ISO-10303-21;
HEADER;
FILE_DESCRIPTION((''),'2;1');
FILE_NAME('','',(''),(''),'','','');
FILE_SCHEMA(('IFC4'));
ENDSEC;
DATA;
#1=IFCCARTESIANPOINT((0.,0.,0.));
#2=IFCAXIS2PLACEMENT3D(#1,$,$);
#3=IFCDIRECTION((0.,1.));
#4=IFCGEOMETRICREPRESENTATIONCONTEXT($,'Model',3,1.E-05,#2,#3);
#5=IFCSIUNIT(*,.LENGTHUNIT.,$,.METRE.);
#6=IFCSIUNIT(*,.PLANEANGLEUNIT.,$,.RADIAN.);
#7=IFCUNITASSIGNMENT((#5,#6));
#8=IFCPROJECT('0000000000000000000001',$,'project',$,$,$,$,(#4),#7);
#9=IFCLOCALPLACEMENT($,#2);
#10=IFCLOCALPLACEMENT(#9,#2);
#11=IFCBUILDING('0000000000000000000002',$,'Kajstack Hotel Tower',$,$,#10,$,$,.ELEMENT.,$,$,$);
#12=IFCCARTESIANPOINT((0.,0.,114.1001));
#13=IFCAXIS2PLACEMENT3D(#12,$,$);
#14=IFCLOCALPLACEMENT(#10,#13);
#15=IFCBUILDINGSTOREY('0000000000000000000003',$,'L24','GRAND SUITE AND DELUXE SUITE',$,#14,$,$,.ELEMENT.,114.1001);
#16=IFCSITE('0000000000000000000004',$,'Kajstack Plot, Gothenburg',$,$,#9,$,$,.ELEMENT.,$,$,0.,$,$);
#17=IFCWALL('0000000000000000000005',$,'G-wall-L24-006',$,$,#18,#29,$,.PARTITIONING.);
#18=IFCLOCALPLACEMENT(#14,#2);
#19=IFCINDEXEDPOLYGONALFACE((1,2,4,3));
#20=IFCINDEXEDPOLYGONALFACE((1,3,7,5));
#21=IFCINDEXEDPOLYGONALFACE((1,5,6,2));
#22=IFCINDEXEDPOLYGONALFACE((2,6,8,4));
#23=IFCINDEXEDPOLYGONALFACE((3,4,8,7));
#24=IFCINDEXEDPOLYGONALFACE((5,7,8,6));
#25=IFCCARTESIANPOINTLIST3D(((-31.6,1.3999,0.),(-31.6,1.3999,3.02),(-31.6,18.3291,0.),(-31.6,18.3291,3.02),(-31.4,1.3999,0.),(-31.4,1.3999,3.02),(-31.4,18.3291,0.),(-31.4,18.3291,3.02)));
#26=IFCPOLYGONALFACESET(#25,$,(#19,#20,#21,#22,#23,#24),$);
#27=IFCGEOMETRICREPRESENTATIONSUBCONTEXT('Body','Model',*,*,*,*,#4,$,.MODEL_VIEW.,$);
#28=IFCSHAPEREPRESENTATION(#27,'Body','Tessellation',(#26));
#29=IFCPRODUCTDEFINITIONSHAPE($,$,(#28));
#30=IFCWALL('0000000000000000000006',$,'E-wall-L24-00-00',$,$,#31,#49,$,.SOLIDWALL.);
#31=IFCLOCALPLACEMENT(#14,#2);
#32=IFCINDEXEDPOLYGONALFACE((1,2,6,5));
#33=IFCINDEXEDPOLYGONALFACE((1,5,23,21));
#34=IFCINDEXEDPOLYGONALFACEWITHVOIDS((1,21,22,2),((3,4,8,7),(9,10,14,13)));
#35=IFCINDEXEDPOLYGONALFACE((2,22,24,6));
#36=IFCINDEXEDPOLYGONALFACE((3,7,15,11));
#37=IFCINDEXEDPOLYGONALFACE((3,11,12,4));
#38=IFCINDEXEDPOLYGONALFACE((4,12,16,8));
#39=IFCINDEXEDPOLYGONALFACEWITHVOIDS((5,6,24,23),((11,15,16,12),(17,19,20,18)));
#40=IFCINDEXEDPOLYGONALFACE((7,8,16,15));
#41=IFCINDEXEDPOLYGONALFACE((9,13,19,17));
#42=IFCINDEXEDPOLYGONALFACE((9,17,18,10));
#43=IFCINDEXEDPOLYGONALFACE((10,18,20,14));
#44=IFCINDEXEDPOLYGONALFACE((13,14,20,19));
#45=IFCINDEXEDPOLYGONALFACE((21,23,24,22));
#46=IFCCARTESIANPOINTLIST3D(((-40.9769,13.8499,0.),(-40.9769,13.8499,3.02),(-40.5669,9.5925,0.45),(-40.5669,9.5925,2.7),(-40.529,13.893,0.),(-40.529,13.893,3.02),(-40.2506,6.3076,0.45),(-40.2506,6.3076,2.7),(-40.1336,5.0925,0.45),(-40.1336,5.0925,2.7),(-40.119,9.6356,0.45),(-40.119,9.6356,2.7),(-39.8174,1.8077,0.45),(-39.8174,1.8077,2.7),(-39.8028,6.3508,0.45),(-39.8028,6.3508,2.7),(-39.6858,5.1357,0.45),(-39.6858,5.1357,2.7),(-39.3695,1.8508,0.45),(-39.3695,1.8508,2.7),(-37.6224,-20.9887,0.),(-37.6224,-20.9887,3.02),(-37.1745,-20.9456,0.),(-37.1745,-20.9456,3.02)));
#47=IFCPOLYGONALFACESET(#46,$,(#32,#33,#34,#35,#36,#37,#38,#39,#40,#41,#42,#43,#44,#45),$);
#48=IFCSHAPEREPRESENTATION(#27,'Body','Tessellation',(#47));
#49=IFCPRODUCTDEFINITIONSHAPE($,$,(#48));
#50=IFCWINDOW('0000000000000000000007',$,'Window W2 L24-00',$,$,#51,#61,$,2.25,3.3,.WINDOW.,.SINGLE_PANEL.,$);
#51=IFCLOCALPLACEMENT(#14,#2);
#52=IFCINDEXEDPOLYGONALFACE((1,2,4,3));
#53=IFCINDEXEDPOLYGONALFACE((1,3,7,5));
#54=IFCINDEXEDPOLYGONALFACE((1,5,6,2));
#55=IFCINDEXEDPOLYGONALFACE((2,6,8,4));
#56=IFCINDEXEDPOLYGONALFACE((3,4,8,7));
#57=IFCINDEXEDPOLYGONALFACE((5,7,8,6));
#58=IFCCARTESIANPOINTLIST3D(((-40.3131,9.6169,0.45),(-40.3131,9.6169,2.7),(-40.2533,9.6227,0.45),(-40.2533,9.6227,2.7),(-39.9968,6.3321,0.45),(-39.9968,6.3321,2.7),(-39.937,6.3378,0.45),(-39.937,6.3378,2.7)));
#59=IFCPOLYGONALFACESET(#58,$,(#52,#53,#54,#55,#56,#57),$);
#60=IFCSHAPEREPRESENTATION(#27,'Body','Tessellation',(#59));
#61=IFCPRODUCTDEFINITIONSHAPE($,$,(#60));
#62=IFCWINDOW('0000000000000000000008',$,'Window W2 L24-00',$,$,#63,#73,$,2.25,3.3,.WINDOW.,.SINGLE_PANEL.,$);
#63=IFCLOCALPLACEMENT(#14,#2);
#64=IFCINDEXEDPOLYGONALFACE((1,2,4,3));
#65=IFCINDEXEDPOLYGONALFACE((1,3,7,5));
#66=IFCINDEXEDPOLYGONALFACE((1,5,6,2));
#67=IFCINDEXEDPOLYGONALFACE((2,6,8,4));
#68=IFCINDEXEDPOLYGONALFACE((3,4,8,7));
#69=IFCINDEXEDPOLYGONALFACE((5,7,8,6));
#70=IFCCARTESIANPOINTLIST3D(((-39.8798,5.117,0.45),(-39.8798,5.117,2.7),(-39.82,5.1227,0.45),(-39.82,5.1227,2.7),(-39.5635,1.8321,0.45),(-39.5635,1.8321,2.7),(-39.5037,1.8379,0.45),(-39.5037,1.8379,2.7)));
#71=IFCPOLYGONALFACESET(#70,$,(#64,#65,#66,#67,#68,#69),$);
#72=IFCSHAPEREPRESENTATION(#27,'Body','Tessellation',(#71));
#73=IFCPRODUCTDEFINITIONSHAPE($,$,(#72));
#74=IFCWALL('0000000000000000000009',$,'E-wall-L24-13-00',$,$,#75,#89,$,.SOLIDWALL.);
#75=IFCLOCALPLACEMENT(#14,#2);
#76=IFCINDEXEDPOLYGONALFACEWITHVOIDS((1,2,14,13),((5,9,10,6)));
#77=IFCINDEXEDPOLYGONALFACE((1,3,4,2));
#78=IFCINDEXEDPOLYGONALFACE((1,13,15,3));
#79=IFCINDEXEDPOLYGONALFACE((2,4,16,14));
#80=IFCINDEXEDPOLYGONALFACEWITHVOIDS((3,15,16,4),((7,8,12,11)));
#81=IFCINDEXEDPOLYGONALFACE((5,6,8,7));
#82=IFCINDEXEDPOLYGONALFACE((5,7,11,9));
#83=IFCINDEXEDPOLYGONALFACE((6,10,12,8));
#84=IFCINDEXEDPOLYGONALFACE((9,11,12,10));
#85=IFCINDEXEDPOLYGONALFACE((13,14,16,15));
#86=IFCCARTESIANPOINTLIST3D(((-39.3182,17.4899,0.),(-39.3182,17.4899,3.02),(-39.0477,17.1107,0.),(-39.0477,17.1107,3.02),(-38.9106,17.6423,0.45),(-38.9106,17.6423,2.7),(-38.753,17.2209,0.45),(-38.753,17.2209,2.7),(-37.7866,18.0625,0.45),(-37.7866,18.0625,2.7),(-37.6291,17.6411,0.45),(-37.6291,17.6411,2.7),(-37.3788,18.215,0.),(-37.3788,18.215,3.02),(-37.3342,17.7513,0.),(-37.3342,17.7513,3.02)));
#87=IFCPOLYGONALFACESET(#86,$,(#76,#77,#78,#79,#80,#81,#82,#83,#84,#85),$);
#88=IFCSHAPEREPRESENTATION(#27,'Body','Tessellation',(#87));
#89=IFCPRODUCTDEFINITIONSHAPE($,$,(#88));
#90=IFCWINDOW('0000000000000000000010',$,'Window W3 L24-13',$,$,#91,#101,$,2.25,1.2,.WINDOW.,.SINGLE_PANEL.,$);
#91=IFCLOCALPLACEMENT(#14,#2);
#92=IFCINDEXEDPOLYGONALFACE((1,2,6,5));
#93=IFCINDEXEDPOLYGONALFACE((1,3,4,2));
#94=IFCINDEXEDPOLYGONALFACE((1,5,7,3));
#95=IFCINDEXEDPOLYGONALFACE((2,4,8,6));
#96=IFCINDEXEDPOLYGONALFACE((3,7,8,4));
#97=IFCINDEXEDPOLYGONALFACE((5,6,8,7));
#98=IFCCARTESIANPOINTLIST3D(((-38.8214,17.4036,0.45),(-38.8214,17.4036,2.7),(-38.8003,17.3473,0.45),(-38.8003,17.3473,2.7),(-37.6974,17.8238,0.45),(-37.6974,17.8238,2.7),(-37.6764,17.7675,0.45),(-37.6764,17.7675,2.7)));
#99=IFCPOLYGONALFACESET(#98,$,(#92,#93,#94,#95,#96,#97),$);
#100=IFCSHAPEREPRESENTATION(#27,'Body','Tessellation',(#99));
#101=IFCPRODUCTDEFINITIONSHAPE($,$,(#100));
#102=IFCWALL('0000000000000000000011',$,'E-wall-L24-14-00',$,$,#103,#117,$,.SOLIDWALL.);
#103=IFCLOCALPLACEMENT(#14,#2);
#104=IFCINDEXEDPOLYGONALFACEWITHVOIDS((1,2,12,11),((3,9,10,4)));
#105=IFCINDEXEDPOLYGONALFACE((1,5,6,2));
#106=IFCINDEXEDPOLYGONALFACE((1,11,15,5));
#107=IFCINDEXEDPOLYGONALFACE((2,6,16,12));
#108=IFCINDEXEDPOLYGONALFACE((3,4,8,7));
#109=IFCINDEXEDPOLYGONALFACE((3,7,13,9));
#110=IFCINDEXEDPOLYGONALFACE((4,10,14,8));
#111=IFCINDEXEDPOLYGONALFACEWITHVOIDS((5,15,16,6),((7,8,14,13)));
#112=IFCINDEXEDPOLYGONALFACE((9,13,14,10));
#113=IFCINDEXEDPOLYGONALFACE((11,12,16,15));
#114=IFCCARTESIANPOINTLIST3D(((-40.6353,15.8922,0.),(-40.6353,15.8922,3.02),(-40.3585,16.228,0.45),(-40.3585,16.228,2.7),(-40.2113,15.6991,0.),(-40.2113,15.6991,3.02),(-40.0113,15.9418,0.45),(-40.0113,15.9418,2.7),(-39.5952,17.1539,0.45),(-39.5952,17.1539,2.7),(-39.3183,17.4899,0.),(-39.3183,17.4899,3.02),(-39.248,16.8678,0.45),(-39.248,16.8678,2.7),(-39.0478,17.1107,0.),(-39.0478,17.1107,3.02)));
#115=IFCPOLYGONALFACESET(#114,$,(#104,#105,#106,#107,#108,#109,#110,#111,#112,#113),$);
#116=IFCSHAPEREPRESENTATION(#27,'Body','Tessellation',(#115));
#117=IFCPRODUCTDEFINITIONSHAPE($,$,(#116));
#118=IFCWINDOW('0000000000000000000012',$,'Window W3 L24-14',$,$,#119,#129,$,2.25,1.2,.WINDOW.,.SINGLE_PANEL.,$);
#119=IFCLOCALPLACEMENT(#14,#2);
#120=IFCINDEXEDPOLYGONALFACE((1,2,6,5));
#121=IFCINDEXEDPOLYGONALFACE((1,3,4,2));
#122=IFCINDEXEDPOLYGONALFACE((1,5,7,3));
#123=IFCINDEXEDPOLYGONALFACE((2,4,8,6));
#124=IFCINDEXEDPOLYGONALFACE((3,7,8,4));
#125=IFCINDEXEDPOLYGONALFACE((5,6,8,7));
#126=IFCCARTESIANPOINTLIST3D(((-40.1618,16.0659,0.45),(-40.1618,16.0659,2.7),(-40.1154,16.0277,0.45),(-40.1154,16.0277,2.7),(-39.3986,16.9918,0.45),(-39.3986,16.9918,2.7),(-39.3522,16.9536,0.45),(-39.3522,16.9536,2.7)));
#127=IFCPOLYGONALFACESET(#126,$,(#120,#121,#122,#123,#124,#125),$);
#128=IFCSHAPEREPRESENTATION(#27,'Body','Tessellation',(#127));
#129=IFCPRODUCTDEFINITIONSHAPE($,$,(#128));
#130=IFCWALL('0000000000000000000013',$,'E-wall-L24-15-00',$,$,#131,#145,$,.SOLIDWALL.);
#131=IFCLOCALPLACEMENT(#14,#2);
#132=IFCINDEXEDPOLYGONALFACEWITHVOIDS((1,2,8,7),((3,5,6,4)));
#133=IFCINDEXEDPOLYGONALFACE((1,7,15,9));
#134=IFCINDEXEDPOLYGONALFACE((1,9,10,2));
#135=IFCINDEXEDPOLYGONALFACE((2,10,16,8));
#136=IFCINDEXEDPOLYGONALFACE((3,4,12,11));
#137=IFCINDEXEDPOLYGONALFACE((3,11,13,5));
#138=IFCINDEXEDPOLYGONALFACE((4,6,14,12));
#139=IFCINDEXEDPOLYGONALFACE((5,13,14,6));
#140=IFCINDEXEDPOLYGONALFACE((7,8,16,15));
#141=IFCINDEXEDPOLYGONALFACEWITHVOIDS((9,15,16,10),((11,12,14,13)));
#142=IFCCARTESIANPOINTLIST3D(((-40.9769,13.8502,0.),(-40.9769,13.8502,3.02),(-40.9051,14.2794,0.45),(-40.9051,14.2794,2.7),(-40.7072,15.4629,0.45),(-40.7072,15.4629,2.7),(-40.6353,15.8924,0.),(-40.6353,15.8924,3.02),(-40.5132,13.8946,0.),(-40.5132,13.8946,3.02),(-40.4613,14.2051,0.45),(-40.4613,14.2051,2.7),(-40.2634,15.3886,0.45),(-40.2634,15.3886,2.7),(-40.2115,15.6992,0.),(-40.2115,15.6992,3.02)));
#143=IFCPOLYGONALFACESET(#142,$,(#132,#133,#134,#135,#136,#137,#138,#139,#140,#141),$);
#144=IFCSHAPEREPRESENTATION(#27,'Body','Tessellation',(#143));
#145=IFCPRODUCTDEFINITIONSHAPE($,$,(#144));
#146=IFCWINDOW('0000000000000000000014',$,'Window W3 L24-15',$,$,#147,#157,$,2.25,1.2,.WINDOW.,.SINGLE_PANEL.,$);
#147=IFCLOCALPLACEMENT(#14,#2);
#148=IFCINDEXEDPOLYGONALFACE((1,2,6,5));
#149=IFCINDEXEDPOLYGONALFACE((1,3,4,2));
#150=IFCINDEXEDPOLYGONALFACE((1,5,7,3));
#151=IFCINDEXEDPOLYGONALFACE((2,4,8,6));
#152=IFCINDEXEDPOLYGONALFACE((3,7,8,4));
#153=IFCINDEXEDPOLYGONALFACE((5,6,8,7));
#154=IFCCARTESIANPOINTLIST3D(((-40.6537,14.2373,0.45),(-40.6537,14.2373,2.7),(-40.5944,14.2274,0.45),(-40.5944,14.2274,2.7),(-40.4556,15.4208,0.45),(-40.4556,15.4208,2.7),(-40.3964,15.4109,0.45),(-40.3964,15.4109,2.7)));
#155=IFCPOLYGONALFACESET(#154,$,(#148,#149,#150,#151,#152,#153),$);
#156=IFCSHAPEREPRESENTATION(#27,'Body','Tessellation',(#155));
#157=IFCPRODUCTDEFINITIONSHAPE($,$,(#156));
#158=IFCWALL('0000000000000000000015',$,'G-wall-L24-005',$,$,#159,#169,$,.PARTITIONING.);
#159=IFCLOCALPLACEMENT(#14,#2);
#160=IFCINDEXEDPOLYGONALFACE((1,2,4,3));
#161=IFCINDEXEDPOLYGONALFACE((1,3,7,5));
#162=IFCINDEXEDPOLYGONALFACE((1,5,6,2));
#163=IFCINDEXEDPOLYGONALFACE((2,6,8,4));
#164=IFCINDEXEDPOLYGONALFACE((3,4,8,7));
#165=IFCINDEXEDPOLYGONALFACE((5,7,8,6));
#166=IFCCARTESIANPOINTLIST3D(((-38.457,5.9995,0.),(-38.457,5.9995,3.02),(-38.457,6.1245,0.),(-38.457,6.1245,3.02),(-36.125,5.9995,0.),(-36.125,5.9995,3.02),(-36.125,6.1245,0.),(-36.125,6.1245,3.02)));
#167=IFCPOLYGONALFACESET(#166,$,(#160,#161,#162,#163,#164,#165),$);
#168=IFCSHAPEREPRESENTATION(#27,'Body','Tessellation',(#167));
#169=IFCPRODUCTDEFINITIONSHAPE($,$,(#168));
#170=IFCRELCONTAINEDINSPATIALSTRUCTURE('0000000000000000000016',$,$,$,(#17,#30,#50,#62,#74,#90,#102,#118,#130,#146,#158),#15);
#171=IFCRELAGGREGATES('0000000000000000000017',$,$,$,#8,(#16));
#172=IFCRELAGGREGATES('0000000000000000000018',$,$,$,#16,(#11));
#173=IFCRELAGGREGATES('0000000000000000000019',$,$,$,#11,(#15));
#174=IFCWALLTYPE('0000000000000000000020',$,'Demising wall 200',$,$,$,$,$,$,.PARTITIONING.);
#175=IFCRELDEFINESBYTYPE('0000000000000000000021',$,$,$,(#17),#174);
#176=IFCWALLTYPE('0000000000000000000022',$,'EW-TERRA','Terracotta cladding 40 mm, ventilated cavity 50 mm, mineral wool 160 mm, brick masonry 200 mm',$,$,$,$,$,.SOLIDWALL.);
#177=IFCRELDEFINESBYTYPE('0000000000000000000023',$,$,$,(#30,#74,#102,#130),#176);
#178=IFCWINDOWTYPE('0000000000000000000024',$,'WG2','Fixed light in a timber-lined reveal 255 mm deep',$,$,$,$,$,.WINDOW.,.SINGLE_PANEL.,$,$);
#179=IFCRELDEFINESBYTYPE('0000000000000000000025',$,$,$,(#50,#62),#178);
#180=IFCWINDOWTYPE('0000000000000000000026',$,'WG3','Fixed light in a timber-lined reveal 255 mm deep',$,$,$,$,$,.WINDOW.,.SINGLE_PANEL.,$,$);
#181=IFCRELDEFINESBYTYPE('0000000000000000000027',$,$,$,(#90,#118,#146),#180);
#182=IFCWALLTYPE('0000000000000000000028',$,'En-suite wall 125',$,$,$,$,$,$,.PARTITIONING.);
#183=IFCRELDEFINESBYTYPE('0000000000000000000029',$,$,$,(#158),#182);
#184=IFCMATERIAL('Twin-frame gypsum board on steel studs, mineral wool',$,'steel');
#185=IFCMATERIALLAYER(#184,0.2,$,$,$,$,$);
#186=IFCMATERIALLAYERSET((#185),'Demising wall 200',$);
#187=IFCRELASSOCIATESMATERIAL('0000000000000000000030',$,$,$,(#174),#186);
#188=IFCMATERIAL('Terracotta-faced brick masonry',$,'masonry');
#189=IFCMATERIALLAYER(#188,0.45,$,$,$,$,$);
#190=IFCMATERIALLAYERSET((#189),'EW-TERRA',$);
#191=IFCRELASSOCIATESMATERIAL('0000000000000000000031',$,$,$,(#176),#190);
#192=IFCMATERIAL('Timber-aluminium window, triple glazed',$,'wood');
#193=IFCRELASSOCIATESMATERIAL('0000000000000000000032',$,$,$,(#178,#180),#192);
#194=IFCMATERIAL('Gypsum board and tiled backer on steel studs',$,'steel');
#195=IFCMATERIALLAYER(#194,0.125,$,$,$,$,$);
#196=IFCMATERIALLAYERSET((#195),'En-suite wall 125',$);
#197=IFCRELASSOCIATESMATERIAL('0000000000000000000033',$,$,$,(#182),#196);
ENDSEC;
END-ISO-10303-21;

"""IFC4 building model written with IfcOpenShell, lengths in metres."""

from ifc_helpers import new_model, si_unit, direction, frame, frame_2d, origin, place, context, subcontext, project, spatial, polyline, rectangle, outline, extrude, material, layer, layer_set, type_object, element, fill, save


model = new_model("IFC4")

# Units and contexts
model_context = context("Model", 3, precision=1e-05, world=origin(), true_north=direction((0.0, 1.0)))
body_context = subcontext(model_context, "Body", "Model", "MODEL_VIEW")
ifc_project = project(units=[si_unit("LENGTHUNIT", "METRE"), si_unit("PLANEANGLEUNIT", "RADIAN")], contexts=[model_context])

# Site, building, storey
site_placement = place(None, origin())
site = spatial("IfcSite", under=ifc_project, at=site_placement, Name="Kajstack Plot, Gothenburg", CompositionType="ELEMENT", RefElevation=0.0)
building_placement = place(site_placement, origin())
building = spatial("IfcBuilding", under=site, at=building_placement, Name="Kajstack Hotel Tower", CompositionType="ELEMENT")
storey_placement = place(building_placement, frame((0.0, 0.0, 114.1001)))
storey = spatial("IfcBuildingStorey", under=building, at=storey_placement, Name="L24", Description="GRAND SUITE AND DELUXE SUITE", CompositionType="ELEMENT", Elevation=114.1001)

# Wall
ifc_material_1 = material(Name="Twin-frame gypsum board on steel studs, mineral wool", Category="steel")
ifc_layer_1 = layer(ifc_material_1, 0.2)
ifc_layer_set_1 = layer_set([ifc_layer_1], Name="Demising wall 200")
wall_type_1 = type_object("IfcWallType", Name="Demising wall 200", PredefinedType="PARTITIONING", material=ifc_layer_set_1)
wall_1_placement = place(storey_placement, frame((-31.5, 1.3999, 0.0), z_axis=(0.0, 0.0, 1.0), x_axis=(0.0, 1.0, 0.0)))
element("IfcWall", 1, at=wall_1_placement, inside=storey, type_object=wall_type_1, Name="G-wall-L24-006", PredefinedType="PARTITIONING", context=body_context, shape_type="SweptSolid", body=[
    extrude(rectangle(XDim=16.9292, YDim=0.2, at=frame_2d((8.4646, 0.0))), origin(), (0.0, 0.0, 1.0), 3.02),
])

# Wall, openings, windows
ifc_material_2 = material(Name="Terracotta-faced brick masonry", Category="masonry")
ifc_layer_2 = layer(ifc_material_2, 0.45)
ifc_layer_set_2 = layer_set([ifc_layer_2], Name="EW-TERRA")
wall_type_2 = type_object("IfcWallType", Name="EW-TERRA", Description="Terracotta cladding 40 mm, ventilated cavity 50 mm, mineral wool 160 mm, brick masonry 200 mm", PredefinedType="SOLIDWALL", material=ifc_layer_set_2)
wall_2_placement = place(storey_placement, frame((-40.7529, 13.8716, 0.0), z_axis=(0.0, 0.0, 1.0), x_axis=(0.095843, -0.995396, 0.0)))
wall_2 = element("IfcWall", 2, at=wall_2_placement, inside=storey, type_object=wall_type_2, Name="E-wall-L24-00-00", PredefinedType="SOLIDWALL", context=body_context, shape_type="SweptSolid", body=[
    extrude(rectangle(XDim=34.9998, YDim=0.45, at=frame_2d((17.5, 0.0))), origin(), (0.0, 0.0, 1.0), 3.02),
])
opening_1_placement = place(wall_2_placement, frame((4.2773, 0.0, 0.45)))
opening_1 = element("IfcOpeningElement", 3, at=opening_1_placement, cuts=wall_2, PredefinedType="OPENING", context=body_context, shape_type="SweptSolid", body=[
    extrude(rectangle(XDim=3.3, YDim=2.25, at=frame_2d((1.6499, 1.125))), frame((0.0, 0.2349, 0.0), z_axis=(0.0, -1.0, 0.0), x_axis=(1.0, 0.0, 0.0)), (0.0, 0.0, 1.0), 0.47),
])
opening_2_placement = place(wall_2_placement, frame((8.7981, 0.0, 0.45)))
opening_2 = element("IfcOpeningElement", 4, at=opening_2_placement, cuts=wall_2, PredefinedType="OPENING", context=body_context, shape_type="SweptSolid", body=[
    extrude(rectangle(XDim=3.3, YDim=2.25, at=frame_2d((1.6499, 1.125))), frame((0.0, 0.2349, 0.0), z_axis=(0.0, -1.0, 0.0), x_axis=(1.0, 0.0, 0.0)), (0.0, 0.0, 1.0), 0.47),
])
ifc_material_3 = material(Name="Timber-aluminium window, triple glazed", Category="wood")
window_type_1 = type_object("IfcWindowType", Name="WG2", Description="Fixed light in a timber-lined reveal 255 mm deep", PartitioningType="SINGLE_PANEL", PredefinedType="WINDOW", material=ifc_material_3)
window_1_placement = place(opening_1_placement, origin())
window_1 = element("IfcWindow", 5, at=window_1_placement, inside=storey, type_object=window_type_1, Name="Window W2 L24-00", OverallHeight=2.25, OverallWidth=3.3, PartitioningType="SINGLE_PANEL", PredefinedType="WINDOW", context=body_context, shape_type="SweptSolid", body=[
    extrude(rectangle(XDim=3.3, YDim=2.25, at=frame_2d((1.6499, 1.125))), frame((0.0, 0.0901, 0.0), z_axis=(0.0, -1.0, 0.0), x_axis=(1.0, 0.0, 0.0)), (0.0, 0.0, 1.0), 0.0601),
])
fill(opening_1, window_1)
window_2_placement = place(opening_2_placement, origin())
window_2 = element("IfcWindow", 6, at=window_2_placement, inside=storey, type_object=window_type_1, Name="Window W2 L24-00", OverallHeight=2.25, OverallWidth=3.3, PartitioningType="SINGLE_PANEL", PredefinedType="WINDOW", context=body_context, shape_type="SweptSolid", body=[
    extrude(rectangle(XDim=3.3, YDim=2.25, at=frame_2d((1.6499, 1.125))), frame((0.0, 0.0901, 0.0), z_axis=(0.0, -1.0, 0.0), x_axis=(1.0, 0.0, 0.0)), (0.0, 0.0, 1.0), 0.0601),
])
fill(opening_2, window_2)

# Walls, openings, windows
wall_3_placement = place(storey_placement, frame((-37.3, 18.0044, 0.0), z_axis=(0.0, 0.0, 1.0), x_axis=(-0.936678, -0.350193, 0.0)))
wall_3 = element("IfcWall", 7, at=wall_3_placement, inside=storey, type_object=wall_type_2, Name="E-wall-L24-13-00", PredefinedType="SOLIDWALL", context=body_context, shape_type="SweptSolid", body=[
    extrude(outline(polyline([(0.0, -0.2249), (2.0706, -0.2249), (1.95, 0.2251), (0.1206, 0.2251), (0.0, -0.2249)])), origin(), (0.0, 0.0, 1.0), 3.02),
])
opening_3_placement = place(wall_3_placement, frame((0.4353, 0.0, 0.45)))
opening_3 = element("IfcOpeningElement", 8, at=opening_3_placement, cuts=wall_3, PredefinedType="OPENING", context=body_context, shape_type="SweptSolid", body=[
    extrude(rectangle(XDim=1.2, YDim=2.25, at=frame_2d((0.6001, 1.125))), frame((0.0, 0.2349, 0.0), z_axis=(0.0, -1.0, 0.0), x_axis=(1.0, 0.0, 0.0)), (0.0, 0.0, 1.0), 0.47),
])
window_type_2 = type_object("IfcWindowType", Name="WG3", Description="Fixed light in a timber-lined reveal 255 mm deep", PartitioningType="SINGLE_PANEL", PredefinedType="WINDOW", material=ifc_material_3)
window_3_placement = place(opening_3_placement, origin())
window_3 = element("IfcWindow", 9, at=window_3_placement, inside=storey, type_object=window_type_2, Name="Window W3 L24-13", OverallHeight=2.25, OverallWidth=1.2, PartitioningType="SINGLE_PANEL", PredefinedType="WINDOW", context=body_context, shape_type="SweptSolid", body=[
    extrude(rectangle(XDim=1.2, YDim=2.25, at=frame_2d((0.6001, 1.125))), frame((0.0, 0.0901, 0.0), z_axis=(0.0, -1.0, 0.0), x_axis=(1.0, 0.0, 0.0)), (0.0, 0.0, 1.0), 0.0601),
])
fill(opening_3, window_3)
wall_4_placement = place(storey_placement, frame((-39.1448, 17.3469, 0.0), z_axis=(0.0, 0.0, 1.0), x_axis=(-0.636046, -0.771651, 0.0)))
wall_4 = element("IfcWall", 10, at=wall_4_placement, inside=storey, type_object=wall_type_2, Name="E-wall-L24-14-00", PredefinedType="SOLIDWALL", context=body_context, shape_type="SweptSolid", body=[
    extrude(outline(polyline([(0.0, -0.2249), (2.0706, -0.2249), (1.95, 0.2251), (0.1206, 0.2251), (0.0, -0.2249)])), origin(), (0.0, 0.0, 1.0), 3.02),
])
opening_4_placement = place(wall_4_placement, frame((0.4353, 0.0, 0.45)))
opening_4 = element("IfcOpeningElement", 11, at=opening_4_placement, cuts=wall_4, PredefinedType="OPENING", context=body_context, shape_type="SweptSolid", body=[
    extrude(rectangle(XDim=1.2, YDim=2.25, at=frame_2d((0.6001, 1.125))), frame((0.0, 0.2349, 0.0), z_axis=(0.0, -1.0, 0.0), x_axis=(1.0, 0.0, 0.0)), (0.0, 0.0, 1.0), 0.47),
])
window_4_placement = place(opening_4_placement, origin())
window_4 = element("IfcWindow", 12, at=window_4_placement, inside=storey, type_object=window_type_2, Name="Window W3 L24-14", OverallHeight=2.25, OverallWidth=1.2, PartitioningType="SINGLE_PANEL", PredefinedType="WINDOW", context=body_context, shape_type="SweptSolid", body=[
    extrude(rectangle(XDim=1.2, YDim=2.25, at=frame_2d((0.6001, 1.125))), frame((0.0, 0.0901, 0.0), z_axis=(0.0, -1.0, 0.0), x_axis=(1.0, 0.0, 0.0)), (0.0, 0.0, 1.0), 0.0601),
])
fill(opening_4, window_4)
wall_5_placement = place(storey_placement, frame((-40.4133, 15.8552, 0.0), z_axis=(0.0, 0.0, 1.0), x_axis=(-0.165068, -0.986282, 0.0)))
wall_5 = element("IfcWall", 13, at=wall_5_placement, inside=storey, type_object=wall_type_2, Name="E-wall-L24-15-00", PredefinedType="SOLIDWALL", context=body_context, shape_type="SweptSolid", body=[
    extrude(outline(polyline([(0.0, -0.2251), (2.0706, -0.2249), (1.9502, 0.2251), (0.1206, 0.2249), (0.0, -0.2251)])), origin(), (0.0, 0.0, 1.0), 3.02),
])
opening_5_placement = place(wall_5_placement, frame((0.4353, 0.0, 0.45)))
opening_5 = element("IfcOpeningElement", 14, at=opening_5_placement, cuts=wall_5, PredefinedType="OPENING", context=body_context, shape_type="SweptSolid", body=[
    extrude(rectangle(XDim=1.2, YDim=2.25, at=frame_2d((0.6001, 1.125))), frame((0.0, 0.2349, 0.0), z_axis=(0.0, -1.0, 0.0), x_axis=(1.0, 0.0, 0.0)), (0.0, 0.0, 1.0), 0.47),
])
window_5_placement = place(opening_5_placement, origin())
window_5 = element("IfcWindow", 15, at=window_5_placement, inside=storey, type_object=window_type_2, Name="Window W3 L24-15", OverallHeight=2.25, OverallWidth=1.2, PartitioningType="SINGLE_PANEL", PredefinedType="WINDOW", context=body_context, shape_type="SweptSolid", body=[
    extrude(rectangle(XDim=1.2, YDim=2.25, at=frame_2d((0.6001, 1.125))), frame((0.0, 0.0901, 0.0), z_axis=(0.0, -1.0, 0.0), x_axis=(1.0, 0.0, 0.0)), (0.0, 0.0, 1.0), 0.0601),
])
fill(opening_5, window_5)

# Wall
ifc_material_4 = material(Name="Gypsum board and tiled backer on steel studs", Category="steel")
ifc_layer_3 = layer(ifc_material_4, 0.125)
ifc_layer_set_3 = layer_set([ifc_layer_3], Name="En-suite wall 125")
wall_type_3 = type_object("IfcWallType", Name="En-suite wall 125", PredefinedType="PARTITIONING", material=ifc_layer_set_3)
wall_6_placement = place(storey_placement, frame((-38.457, 6.062, 0.0), z_axis=(0.0, 0.0, 1.0), x_axis=(1.0, 0.0, 0.0)))
element("IfcWall", 16, at=wall_6_placement, inside=storey, type_object=wall_type_3, Name="G-wall-L24-005", PredefinedType="PARTITIONING", context=body_context, shape_type="SweptSolid", body=[
    extrude(rectangle(XDim=2.332, YDim=0.125, at=frame_2d((1.166, 0.0))), origin(), (0.0, 0.0, 1.0), 3.02),
])

save(model, "model.ifc")
